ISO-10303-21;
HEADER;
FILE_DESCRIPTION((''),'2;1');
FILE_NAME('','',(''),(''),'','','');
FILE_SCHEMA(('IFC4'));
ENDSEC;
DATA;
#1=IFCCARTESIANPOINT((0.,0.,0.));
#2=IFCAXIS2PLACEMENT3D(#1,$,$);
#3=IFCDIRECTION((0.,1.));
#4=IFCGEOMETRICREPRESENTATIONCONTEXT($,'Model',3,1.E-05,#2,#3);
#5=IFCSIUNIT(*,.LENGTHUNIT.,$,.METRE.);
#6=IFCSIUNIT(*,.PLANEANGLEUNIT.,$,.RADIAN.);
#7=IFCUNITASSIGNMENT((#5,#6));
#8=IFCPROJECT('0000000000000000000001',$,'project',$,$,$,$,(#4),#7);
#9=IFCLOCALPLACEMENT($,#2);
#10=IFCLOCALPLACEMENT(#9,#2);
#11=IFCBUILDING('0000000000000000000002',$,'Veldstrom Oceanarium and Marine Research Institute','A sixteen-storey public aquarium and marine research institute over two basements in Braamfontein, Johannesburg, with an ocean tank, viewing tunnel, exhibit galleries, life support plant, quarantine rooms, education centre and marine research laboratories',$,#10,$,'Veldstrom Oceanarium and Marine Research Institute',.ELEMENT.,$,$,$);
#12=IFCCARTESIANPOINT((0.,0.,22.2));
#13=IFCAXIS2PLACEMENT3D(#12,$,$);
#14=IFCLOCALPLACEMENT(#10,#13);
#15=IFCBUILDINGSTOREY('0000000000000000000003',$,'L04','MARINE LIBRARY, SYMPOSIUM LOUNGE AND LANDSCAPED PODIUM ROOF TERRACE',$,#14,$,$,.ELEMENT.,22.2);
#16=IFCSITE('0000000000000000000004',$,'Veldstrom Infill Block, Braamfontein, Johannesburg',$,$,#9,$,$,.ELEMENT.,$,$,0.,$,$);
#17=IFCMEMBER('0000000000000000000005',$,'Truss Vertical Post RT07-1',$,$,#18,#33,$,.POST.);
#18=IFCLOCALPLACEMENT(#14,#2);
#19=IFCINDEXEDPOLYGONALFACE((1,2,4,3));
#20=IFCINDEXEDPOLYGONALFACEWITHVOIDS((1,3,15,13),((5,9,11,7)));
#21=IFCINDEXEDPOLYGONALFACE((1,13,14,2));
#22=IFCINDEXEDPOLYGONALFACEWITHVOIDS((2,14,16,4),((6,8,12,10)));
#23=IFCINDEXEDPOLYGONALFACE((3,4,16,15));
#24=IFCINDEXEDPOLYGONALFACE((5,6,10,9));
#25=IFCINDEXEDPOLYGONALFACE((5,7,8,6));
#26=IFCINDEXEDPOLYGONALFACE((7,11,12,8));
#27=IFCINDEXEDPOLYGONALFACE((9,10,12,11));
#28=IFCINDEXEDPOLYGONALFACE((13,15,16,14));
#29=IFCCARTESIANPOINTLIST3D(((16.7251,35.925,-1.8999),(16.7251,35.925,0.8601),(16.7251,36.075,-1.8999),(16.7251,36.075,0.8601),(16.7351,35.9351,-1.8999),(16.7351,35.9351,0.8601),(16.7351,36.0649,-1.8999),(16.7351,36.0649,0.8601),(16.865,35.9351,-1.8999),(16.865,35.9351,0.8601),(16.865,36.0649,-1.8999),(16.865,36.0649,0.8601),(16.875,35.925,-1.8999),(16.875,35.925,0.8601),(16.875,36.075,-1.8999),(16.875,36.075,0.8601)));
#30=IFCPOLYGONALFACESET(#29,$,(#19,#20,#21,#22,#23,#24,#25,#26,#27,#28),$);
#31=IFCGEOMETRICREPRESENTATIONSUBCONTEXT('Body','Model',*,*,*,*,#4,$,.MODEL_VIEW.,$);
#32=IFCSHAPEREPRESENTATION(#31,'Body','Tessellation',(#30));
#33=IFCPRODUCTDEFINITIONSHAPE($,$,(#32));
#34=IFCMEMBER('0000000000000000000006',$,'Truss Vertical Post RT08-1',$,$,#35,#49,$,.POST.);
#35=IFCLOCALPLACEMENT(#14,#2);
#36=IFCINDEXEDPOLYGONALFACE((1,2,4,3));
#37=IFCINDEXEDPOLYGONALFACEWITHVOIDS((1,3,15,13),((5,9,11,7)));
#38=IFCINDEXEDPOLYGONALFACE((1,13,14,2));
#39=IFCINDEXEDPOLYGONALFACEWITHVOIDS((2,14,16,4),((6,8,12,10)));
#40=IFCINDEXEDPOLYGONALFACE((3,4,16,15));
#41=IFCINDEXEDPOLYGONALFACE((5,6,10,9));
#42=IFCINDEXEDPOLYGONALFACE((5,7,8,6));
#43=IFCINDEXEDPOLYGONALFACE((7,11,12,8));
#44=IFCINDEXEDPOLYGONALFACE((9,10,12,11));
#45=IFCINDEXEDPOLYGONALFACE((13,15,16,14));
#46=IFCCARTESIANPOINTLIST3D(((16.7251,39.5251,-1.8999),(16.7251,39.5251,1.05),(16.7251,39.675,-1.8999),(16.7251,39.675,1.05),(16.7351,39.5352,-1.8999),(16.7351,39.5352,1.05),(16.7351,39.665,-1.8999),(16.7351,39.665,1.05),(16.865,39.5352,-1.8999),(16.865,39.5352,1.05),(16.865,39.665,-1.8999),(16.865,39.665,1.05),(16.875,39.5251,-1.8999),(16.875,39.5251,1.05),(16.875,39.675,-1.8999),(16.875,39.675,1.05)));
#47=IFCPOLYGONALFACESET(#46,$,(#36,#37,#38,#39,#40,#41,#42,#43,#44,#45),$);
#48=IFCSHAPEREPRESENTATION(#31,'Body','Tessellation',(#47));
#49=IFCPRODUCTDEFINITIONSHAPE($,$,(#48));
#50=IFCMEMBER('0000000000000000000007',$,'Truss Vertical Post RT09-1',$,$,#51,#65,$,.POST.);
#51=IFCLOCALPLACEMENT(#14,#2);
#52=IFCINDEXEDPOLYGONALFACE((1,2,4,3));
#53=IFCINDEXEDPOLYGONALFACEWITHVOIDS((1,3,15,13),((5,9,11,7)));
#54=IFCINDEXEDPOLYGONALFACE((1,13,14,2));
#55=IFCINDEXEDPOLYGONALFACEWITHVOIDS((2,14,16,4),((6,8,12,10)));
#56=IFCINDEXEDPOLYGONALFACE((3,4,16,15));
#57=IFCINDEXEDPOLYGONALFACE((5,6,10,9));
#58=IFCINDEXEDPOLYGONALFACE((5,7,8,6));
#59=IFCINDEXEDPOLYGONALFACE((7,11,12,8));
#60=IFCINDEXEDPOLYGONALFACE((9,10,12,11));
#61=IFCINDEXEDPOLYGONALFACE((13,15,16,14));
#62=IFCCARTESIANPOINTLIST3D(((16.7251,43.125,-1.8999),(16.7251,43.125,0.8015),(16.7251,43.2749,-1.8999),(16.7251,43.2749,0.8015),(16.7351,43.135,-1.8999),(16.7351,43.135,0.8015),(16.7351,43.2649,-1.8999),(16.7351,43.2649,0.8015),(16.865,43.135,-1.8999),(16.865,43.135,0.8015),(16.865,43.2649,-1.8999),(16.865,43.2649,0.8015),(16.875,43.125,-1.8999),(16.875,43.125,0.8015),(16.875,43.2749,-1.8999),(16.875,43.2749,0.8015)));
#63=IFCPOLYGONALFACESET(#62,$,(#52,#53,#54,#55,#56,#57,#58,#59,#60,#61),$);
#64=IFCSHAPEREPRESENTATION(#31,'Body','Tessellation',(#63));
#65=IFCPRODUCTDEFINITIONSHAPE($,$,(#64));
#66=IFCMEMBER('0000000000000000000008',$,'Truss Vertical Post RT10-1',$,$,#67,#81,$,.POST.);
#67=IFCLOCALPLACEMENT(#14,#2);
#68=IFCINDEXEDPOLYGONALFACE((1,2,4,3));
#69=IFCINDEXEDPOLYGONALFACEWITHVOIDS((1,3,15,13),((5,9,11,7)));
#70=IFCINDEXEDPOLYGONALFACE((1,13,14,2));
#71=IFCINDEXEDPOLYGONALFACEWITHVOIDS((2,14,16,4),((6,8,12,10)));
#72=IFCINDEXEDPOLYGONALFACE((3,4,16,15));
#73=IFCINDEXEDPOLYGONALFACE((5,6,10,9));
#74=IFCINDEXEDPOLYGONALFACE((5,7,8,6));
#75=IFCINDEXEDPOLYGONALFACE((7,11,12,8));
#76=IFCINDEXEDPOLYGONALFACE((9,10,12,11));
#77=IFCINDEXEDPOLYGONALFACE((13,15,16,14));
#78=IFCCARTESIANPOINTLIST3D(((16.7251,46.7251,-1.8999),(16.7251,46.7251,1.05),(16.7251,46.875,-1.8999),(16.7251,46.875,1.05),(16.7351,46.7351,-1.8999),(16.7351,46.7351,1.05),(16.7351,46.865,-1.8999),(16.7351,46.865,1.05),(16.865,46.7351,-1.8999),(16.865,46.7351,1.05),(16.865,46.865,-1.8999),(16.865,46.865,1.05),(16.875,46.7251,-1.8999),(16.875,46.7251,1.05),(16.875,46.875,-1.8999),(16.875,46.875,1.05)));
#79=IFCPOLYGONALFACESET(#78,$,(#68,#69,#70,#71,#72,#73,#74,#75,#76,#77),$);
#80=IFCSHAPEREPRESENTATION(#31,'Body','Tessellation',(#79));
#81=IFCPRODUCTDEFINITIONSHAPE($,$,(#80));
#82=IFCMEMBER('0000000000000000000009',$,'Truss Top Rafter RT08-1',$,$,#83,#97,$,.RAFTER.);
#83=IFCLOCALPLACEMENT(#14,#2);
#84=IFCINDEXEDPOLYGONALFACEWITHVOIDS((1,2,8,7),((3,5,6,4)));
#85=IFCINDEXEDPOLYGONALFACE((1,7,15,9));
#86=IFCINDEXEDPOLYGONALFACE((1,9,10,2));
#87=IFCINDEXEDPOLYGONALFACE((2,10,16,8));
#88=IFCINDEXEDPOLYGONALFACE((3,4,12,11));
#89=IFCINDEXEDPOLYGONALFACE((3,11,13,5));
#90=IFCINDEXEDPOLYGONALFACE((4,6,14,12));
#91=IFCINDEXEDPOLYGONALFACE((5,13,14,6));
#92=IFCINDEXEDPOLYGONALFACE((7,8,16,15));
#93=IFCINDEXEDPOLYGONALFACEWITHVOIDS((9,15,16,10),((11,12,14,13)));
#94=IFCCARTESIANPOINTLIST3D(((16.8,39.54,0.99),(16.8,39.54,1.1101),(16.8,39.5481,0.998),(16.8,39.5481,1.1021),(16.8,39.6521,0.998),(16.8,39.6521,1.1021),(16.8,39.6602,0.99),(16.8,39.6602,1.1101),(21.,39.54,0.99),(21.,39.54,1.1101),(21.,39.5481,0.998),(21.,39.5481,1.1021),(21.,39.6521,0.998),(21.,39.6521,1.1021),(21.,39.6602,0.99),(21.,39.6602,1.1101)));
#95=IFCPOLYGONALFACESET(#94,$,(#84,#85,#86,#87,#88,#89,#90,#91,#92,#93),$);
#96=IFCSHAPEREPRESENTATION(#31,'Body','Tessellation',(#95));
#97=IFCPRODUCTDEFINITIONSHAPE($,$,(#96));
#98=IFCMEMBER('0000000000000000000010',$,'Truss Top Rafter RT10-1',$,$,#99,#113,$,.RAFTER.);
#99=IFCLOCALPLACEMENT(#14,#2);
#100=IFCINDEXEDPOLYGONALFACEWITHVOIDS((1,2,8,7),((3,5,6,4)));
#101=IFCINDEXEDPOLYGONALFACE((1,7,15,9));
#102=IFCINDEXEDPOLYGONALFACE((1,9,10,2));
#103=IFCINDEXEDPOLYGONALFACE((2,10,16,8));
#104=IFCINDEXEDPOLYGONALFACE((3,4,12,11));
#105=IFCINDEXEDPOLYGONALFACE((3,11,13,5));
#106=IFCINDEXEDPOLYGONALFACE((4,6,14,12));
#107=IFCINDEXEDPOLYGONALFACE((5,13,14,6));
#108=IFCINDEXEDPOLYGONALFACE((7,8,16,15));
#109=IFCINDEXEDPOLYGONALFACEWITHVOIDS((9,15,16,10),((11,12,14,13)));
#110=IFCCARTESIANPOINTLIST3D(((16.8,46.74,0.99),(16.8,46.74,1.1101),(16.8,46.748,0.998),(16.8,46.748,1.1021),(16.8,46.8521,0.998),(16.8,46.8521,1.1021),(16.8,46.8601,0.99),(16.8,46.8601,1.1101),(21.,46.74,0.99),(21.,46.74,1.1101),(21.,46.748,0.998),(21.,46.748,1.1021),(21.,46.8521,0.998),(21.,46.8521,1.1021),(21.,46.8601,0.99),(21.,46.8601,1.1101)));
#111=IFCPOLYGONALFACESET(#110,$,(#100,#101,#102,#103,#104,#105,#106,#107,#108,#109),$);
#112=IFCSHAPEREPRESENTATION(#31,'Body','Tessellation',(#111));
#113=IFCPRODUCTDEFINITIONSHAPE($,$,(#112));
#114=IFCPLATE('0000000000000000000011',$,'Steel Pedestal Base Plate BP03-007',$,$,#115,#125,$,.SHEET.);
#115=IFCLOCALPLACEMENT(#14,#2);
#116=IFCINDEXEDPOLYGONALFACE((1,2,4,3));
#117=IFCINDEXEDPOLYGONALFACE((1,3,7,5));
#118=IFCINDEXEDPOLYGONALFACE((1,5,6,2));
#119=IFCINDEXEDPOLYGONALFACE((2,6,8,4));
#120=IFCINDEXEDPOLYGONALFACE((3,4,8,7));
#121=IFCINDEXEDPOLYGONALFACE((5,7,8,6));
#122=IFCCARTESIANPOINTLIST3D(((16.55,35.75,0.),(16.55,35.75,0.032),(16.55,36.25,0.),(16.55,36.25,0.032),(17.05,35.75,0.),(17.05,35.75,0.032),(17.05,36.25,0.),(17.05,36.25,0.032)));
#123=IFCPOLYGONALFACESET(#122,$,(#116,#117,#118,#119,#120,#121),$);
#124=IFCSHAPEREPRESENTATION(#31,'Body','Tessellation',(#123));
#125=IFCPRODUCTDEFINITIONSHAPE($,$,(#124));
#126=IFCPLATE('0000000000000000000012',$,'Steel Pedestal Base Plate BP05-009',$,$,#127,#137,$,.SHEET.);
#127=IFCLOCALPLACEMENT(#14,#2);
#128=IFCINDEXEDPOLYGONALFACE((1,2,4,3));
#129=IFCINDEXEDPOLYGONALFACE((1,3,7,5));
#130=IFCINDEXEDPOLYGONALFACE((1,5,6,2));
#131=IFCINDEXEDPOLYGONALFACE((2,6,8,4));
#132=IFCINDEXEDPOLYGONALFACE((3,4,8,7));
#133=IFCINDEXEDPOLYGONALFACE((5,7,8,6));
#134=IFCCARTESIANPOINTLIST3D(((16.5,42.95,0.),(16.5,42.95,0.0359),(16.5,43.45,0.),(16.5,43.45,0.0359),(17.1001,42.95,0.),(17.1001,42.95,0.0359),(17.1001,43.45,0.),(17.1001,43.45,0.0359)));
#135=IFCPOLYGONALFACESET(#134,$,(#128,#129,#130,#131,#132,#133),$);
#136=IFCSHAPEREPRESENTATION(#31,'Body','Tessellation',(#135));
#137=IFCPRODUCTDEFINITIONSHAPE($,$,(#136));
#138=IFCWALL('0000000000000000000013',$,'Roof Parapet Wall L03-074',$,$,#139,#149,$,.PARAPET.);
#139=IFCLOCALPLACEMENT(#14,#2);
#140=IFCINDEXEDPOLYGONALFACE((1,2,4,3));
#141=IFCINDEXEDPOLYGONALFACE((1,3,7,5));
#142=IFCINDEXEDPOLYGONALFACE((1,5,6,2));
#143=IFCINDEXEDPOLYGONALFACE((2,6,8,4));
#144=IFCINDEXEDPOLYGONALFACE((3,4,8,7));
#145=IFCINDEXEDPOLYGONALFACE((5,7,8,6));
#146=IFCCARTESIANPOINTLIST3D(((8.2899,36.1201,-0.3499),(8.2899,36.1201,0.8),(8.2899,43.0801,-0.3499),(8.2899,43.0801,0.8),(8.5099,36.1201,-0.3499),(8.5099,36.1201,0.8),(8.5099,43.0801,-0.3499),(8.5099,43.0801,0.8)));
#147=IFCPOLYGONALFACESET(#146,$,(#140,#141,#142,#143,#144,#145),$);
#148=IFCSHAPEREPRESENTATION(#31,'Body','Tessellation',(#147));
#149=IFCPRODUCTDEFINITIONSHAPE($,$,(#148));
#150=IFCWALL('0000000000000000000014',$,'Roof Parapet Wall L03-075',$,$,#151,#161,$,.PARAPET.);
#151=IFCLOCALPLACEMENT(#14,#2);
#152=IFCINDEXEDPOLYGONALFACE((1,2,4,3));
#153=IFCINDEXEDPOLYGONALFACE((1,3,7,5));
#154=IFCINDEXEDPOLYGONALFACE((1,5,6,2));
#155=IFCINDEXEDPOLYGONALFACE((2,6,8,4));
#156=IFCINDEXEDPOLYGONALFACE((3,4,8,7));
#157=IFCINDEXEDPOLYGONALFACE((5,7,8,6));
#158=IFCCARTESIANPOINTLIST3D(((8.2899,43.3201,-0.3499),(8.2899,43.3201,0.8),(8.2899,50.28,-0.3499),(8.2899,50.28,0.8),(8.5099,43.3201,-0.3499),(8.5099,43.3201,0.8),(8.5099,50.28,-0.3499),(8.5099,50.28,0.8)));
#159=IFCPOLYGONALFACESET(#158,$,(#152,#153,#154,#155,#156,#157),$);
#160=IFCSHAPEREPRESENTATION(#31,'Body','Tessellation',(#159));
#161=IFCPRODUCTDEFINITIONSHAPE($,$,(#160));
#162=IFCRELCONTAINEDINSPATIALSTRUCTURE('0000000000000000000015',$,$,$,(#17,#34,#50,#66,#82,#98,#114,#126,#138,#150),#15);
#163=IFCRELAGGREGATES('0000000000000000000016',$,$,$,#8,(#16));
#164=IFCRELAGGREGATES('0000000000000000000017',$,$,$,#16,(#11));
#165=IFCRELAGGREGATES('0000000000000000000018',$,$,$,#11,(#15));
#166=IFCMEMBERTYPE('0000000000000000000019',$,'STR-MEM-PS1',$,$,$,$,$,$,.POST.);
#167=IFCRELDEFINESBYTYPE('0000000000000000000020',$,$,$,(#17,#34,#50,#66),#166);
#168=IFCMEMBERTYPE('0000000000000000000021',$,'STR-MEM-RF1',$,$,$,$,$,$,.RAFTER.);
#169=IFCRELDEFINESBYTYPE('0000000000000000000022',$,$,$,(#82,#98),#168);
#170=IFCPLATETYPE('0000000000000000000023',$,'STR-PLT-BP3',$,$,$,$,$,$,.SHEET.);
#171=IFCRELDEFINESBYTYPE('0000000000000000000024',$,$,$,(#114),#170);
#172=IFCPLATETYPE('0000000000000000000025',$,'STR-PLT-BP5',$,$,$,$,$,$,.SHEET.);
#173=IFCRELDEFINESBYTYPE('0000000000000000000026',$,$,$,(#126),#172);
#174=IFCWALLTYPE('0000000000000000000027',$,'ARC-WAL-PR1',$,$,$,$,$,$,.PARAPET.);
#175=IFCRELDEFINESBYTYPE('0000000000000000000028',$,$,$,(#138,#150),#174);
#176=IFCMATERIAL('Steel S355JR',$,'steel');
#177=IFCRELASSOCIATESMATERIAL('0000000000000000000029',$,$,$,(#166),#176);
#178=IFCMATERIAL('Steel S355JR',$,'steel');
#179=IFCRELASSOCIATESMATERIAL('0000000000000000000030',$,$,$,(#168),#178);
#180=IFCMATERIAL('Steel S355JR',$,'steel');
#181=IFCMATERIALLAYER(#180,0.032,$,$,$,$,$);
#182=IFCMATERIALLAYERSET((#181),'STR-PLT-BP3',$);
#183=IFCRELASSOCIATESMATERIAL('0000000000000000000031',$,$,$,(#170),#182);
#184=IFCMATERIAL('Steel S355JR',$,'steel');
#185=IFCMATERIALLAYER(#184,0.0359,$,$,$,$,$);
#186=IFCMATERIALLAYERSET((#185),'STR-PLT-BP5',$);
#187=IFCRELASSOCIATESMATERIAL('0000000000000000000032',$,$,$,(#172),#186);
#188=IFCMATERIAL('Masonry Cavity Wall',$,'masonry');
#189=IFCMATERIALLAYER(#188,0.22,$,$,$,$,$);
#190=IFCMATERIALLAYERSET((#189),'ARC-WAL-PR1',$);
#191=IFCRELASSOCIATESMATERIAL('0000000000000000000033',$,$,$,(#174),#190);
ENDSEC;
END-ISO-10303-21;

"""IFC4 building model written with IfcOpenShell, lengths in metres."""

from ifc_helpers import new_model, si_unit, direction, frame, frame_2d, origin, origin_2d, place, context, subcontext, project, spatial, rectangle, hollow_rectangle, extrude, material, layer, layer_set, material_profile, profile_set, type_object, element, save


model = new_model("IFC4")

# Units and contexts
model_context = context("Model", 3, precision=1e-05, world=origin(), true_north=direction((0.0, 1.0)))
body_context = subcontext(model_context, "Body", "Model", "MODEL_VIEW")
ifc_project = project(units=[si_unit("LENGTHUNIT", "METRE"), si_unit("PLANEANGLEUNIT", "RADIAN")], contexts=[model_context])

# Site, building, storey
site_placement = place(None, origin())
site = spatial("IfcSite", under=ifc_project, at=site_placement, Name="Veldstrom Infill Block, Braamfontein, Johannesburg", CompositionType="ELEMENT", RefElevation=0.0)
building_placement = place(site_placement, origin())
building = spatial("IfcBuilding", under=site, at=building_placement, Name="Veldstrom Oceanarium and Marine Research Institute", Description="A sixteen-storey public aquarium and marine research institute over two basements in Braamfontein, Johannesburg, with an ocean tank, viewing tunnel, exhibit galleries, life support plant, quarantine rooms, education centre and marine research laboratories", LongName="Veldstrom Oceanarium and Marine Research Institute", CompositionType="ELEMENT")
storey_placement = place(building_placement, frame((0.0, 0.0, 22.2)))
storey = spatial("IfcBuildingStorey", under=building, at=storey_placement, Name="L04", Description="MARINE LIBRARY, SYMPOSIUM LOUNGE AND LANDSCAPED PODIUM ROOF TERRACE", CompositionType="ELEMENT", Elevation=22.2)

# Members
ifc_material_1 = material(Name="Steel S355JR", Category="steel")
ifc_material_profile_1 = material_profile(ifc_material_1, hollow_rectangle(XDim=0.1499, YDim=0.1499, WallThickness=0.01, at=origin_2d()), Name="SHS 150x150x10")
ifc_profile_set_1 = profile_set([ifc_material_profile_1], Name="Steel S355JR")
member_type_1 = type_object("IfcMemberType", Name="STR-MEM-PS1", PredefinedType="POST", material=ifc_profile_set_1)
member_1_placement = place(storey_placement, frame((16.8, 36.0, -1.8999), z_axis=(0.0, 0.0, 1.0), x_axis=(1.0, 0.0, 0.0)))
element("IfcMember", 1, at=member_1_placement, inside=storey, type_object=member_type_1, Name="Truss Vertical Post RT07-1", PredefinedType="POST", context=body_context, shape_type="SweptSolid", body=[
    extrude(hollow_rectangle(XDim=0.1499, YDim=0.1499, WallThickness=0.01, at=origin_2d()), origin(), (0.0, 0.0, 1.0), 2.76),
])
member_2_placement = place(storey_placement, frame((16.8, 39.6001, -1.8999), z_axis=(0.0, 0.0, 1.0), x_axis=(1.0, 0.0, 0.0)))
element("IfcMember", 2, at=member_2_placement, inside=storey, type_object=member_type_1, Name="Truss Vertical Post RT08-1", PredefinedType="POST", context=body_context, shape_type="SweptSolid", body=[
    extrude(hollow_rectangle(XDim=0.1499, YDim=0.1499, WallThickness=0.01, at=origin_2d()), origin(), (0.0, 0.0, 1.0), 2.95),
])
member_3_placement = place(storey_placement, frame((16.8, 43.2, -1.8999), z_axis=(0.0, 0.0, 1.0), x_axis=(1.0, 0.0, 0.0)))
element("IfcMember", 3, at=member_3_placement, inside=storey, type_object=member_type_1, Name="Truss Vertical Post RT09-1", PredefinedType="POST", context=body_context, shape_type="SweptSolid", body=[
    extrude(hollow_rectangle(XDim=0.1499, YDim=0.1499, WallThickness=0.01, at=origin_2d()), origin(), (0.0, 0.0, 1.0), 2.7014),
])
member_4_placement = place(storey_placement, frame((16.8, 46.8, -1.8999), z_axis=(0.0, 0.0, 1.0), x_axis=(1.0, 0.0, 0.0)))
element("IfcMember", 4, at=member_4_placement, inside=storey, type_object=member_type_1, Name="Truss Vertical Post RT10-1", PredefinedType="POST", context=body_context, shape_type="SweptSolid", body=[
    extrude(hollow_rectangle(XDim=0.1499, YDim=0.1499, WallThickness=0.01, at=origin_2d()), origin(), (0.0, 0.0, 1.0), 2.95),
])
ifc_material_2 = material(Name="Steel S355JR", Category="steel")
ifc_material_profile_2 = material_profile(ifc_material_2, hollow_rectangle(XDim=0.1201, YDim=0.1201, WallThickness=0.0081, at=origin_2d()), Name="SHS 120x120x8")
ifc_profile_set_2 = profile_set([ifc_material_profile_2], Name="Steel S355JR")
member_type_2 = type_object("IfcMemberType", Name="STR-MEM-RF1", PredefinedType="RAFTER", material=ifc_profile_set_2)
for number, where, z_axis, x_axis, name in (
    (5, (16.8, 39.6001, 1.05), (1.0, 0.0, 0.0), (0.0, 1.0, 0.0), "Truss Top Rafter RT08-1"),
    (6, (16.8, 46.8, 1.05), (1.0, 0.0, 0.0), (0.0, 1.0, 0.0), "Truss Top Rafter RT10-1"),
):
    element("IfcMember", number, at=place(storey_placement, frame(where, z_axis=z_axis, x_axis=x_axis)), inside=storey, type_object=member_type_2, Name=name, PredefinedType="RAFTER", context=body_context, shape_type="SweptSolid", body=[
        extrude(hollow_rectangle(XDim=0.1201, YDim=0.1201, WallThickness=0.0081, at=origin_2d()), origin(), (0.0, 0.0, 1.0), 4.2),
    ])

# Plates
ifc_material_3 = material(Name="Steel S355JR", Category="steel")
ifc_layer_1 = layer(ifc_material_3, 0.032)
ifc_layer_set_1 = layer_set([ifc_layer_1], Name="STR-PLT-BP3")
plate_type_1 = type_object("IfcPlateType", Name="STR-PLT-BP3", PredefinedType="SHEET", material=ifc_layer_set_1)
plate_1_placement = place(storey_placement, frame((16.8, 36.0, 0.0), z_axis=(0.0, 0.0, 1.0), x_axis=(1.0, 0.0, 0.0)))
element("IfcPlate", 7, at=plate_1_placement, inside=storey, type_object=plate_type_1, Name="Steel Pedestal Base Plate BP03-007", PredefinedType="SHEET", context=body_context, shape_type="SweptSolid", body=[
    extrude(rectangle(XDim=0.5, YDim=0.5, at=origin_2d()), origin(), (0.0, 0.0, 1.0), 0.032),
])
ifc_material_4 = material(Name="Steel S355JR", Category="steel")
ifc_layer_2 = layer(ifc_material_4, 0.0359)
ifc_layer_set_2 = layer_set([ifc_layer_2], Name="STR-PLT-BP5")
plate_type_2 = type_object("IfcPlateType", Name="STR-PLT-BP5", PredefinedType="SHEET", material=ifc_layer_set_2)
plate_2_placement = place(storey_placement, frame((16.8, 43.2, 0.0), z_axis=(0.0, 0.0, 1.0), x_axis=(1.0, 0.0, 0.0)))
element("IfcPlate", 8, at=plate_2_placement, inside=storey, type_object=plate_type_2, Name="Steel Pedestal Base Plate BP05-009", PredefinedType="SHEET", context=body_context, shape_type="SweptSolid", body=[
    extrude(rectangle(XDim=0.6001, YDim=0.5, at=origin_2d()), origin(), (0.0, 0.0, 1.0), 0.0359),
])

# Walls
ifc_material_5 = material(Name="Masonry Cavity Wall", Category="masonry")
ifc_layer_3 = layer(ifc_material_5, 0.22)
ifc_layer_set_3 = layer_set([ifc_layer_3], Name="ARC-WAL-PR1")
wall_type = type_object("IfcWallType", Name="ARC-WAL-PR1", PredefinedType="PARAPET", material=ifc_layer_set_3)
for number, where, z_axis, x_axis, name in (
    (9, (8.3999, 36.1201, -0.3499), (0.0, 0.0, 1.0), (0.0, 1.0, 0.0), "Roof Parapet Wall L03-074"),
    (10, (8.3999, 43.3201, -0.3499), (0.0, 0.0, 1.0), (0.0, 1.0, 0.0), "Roof Parapet Wall L03-075"),
):
    element("IfcWall", number, at=place(storey_placement, frame(where, z_axis=z_axis, x_axis=x_axis)), inside=storey, type_object=wall_type, Name=name, PredefinedType="PARAPET", context=body_context, shape_type="SweptSolid", body=[
        extrude(rectangle(XDim=6.96, YDim=0.22, at=frame_2d((3.48, 0.0))), origin(), (0.0, 0.0, 1.0), 1.1499),
    ])

save(model, "model.ifc")
